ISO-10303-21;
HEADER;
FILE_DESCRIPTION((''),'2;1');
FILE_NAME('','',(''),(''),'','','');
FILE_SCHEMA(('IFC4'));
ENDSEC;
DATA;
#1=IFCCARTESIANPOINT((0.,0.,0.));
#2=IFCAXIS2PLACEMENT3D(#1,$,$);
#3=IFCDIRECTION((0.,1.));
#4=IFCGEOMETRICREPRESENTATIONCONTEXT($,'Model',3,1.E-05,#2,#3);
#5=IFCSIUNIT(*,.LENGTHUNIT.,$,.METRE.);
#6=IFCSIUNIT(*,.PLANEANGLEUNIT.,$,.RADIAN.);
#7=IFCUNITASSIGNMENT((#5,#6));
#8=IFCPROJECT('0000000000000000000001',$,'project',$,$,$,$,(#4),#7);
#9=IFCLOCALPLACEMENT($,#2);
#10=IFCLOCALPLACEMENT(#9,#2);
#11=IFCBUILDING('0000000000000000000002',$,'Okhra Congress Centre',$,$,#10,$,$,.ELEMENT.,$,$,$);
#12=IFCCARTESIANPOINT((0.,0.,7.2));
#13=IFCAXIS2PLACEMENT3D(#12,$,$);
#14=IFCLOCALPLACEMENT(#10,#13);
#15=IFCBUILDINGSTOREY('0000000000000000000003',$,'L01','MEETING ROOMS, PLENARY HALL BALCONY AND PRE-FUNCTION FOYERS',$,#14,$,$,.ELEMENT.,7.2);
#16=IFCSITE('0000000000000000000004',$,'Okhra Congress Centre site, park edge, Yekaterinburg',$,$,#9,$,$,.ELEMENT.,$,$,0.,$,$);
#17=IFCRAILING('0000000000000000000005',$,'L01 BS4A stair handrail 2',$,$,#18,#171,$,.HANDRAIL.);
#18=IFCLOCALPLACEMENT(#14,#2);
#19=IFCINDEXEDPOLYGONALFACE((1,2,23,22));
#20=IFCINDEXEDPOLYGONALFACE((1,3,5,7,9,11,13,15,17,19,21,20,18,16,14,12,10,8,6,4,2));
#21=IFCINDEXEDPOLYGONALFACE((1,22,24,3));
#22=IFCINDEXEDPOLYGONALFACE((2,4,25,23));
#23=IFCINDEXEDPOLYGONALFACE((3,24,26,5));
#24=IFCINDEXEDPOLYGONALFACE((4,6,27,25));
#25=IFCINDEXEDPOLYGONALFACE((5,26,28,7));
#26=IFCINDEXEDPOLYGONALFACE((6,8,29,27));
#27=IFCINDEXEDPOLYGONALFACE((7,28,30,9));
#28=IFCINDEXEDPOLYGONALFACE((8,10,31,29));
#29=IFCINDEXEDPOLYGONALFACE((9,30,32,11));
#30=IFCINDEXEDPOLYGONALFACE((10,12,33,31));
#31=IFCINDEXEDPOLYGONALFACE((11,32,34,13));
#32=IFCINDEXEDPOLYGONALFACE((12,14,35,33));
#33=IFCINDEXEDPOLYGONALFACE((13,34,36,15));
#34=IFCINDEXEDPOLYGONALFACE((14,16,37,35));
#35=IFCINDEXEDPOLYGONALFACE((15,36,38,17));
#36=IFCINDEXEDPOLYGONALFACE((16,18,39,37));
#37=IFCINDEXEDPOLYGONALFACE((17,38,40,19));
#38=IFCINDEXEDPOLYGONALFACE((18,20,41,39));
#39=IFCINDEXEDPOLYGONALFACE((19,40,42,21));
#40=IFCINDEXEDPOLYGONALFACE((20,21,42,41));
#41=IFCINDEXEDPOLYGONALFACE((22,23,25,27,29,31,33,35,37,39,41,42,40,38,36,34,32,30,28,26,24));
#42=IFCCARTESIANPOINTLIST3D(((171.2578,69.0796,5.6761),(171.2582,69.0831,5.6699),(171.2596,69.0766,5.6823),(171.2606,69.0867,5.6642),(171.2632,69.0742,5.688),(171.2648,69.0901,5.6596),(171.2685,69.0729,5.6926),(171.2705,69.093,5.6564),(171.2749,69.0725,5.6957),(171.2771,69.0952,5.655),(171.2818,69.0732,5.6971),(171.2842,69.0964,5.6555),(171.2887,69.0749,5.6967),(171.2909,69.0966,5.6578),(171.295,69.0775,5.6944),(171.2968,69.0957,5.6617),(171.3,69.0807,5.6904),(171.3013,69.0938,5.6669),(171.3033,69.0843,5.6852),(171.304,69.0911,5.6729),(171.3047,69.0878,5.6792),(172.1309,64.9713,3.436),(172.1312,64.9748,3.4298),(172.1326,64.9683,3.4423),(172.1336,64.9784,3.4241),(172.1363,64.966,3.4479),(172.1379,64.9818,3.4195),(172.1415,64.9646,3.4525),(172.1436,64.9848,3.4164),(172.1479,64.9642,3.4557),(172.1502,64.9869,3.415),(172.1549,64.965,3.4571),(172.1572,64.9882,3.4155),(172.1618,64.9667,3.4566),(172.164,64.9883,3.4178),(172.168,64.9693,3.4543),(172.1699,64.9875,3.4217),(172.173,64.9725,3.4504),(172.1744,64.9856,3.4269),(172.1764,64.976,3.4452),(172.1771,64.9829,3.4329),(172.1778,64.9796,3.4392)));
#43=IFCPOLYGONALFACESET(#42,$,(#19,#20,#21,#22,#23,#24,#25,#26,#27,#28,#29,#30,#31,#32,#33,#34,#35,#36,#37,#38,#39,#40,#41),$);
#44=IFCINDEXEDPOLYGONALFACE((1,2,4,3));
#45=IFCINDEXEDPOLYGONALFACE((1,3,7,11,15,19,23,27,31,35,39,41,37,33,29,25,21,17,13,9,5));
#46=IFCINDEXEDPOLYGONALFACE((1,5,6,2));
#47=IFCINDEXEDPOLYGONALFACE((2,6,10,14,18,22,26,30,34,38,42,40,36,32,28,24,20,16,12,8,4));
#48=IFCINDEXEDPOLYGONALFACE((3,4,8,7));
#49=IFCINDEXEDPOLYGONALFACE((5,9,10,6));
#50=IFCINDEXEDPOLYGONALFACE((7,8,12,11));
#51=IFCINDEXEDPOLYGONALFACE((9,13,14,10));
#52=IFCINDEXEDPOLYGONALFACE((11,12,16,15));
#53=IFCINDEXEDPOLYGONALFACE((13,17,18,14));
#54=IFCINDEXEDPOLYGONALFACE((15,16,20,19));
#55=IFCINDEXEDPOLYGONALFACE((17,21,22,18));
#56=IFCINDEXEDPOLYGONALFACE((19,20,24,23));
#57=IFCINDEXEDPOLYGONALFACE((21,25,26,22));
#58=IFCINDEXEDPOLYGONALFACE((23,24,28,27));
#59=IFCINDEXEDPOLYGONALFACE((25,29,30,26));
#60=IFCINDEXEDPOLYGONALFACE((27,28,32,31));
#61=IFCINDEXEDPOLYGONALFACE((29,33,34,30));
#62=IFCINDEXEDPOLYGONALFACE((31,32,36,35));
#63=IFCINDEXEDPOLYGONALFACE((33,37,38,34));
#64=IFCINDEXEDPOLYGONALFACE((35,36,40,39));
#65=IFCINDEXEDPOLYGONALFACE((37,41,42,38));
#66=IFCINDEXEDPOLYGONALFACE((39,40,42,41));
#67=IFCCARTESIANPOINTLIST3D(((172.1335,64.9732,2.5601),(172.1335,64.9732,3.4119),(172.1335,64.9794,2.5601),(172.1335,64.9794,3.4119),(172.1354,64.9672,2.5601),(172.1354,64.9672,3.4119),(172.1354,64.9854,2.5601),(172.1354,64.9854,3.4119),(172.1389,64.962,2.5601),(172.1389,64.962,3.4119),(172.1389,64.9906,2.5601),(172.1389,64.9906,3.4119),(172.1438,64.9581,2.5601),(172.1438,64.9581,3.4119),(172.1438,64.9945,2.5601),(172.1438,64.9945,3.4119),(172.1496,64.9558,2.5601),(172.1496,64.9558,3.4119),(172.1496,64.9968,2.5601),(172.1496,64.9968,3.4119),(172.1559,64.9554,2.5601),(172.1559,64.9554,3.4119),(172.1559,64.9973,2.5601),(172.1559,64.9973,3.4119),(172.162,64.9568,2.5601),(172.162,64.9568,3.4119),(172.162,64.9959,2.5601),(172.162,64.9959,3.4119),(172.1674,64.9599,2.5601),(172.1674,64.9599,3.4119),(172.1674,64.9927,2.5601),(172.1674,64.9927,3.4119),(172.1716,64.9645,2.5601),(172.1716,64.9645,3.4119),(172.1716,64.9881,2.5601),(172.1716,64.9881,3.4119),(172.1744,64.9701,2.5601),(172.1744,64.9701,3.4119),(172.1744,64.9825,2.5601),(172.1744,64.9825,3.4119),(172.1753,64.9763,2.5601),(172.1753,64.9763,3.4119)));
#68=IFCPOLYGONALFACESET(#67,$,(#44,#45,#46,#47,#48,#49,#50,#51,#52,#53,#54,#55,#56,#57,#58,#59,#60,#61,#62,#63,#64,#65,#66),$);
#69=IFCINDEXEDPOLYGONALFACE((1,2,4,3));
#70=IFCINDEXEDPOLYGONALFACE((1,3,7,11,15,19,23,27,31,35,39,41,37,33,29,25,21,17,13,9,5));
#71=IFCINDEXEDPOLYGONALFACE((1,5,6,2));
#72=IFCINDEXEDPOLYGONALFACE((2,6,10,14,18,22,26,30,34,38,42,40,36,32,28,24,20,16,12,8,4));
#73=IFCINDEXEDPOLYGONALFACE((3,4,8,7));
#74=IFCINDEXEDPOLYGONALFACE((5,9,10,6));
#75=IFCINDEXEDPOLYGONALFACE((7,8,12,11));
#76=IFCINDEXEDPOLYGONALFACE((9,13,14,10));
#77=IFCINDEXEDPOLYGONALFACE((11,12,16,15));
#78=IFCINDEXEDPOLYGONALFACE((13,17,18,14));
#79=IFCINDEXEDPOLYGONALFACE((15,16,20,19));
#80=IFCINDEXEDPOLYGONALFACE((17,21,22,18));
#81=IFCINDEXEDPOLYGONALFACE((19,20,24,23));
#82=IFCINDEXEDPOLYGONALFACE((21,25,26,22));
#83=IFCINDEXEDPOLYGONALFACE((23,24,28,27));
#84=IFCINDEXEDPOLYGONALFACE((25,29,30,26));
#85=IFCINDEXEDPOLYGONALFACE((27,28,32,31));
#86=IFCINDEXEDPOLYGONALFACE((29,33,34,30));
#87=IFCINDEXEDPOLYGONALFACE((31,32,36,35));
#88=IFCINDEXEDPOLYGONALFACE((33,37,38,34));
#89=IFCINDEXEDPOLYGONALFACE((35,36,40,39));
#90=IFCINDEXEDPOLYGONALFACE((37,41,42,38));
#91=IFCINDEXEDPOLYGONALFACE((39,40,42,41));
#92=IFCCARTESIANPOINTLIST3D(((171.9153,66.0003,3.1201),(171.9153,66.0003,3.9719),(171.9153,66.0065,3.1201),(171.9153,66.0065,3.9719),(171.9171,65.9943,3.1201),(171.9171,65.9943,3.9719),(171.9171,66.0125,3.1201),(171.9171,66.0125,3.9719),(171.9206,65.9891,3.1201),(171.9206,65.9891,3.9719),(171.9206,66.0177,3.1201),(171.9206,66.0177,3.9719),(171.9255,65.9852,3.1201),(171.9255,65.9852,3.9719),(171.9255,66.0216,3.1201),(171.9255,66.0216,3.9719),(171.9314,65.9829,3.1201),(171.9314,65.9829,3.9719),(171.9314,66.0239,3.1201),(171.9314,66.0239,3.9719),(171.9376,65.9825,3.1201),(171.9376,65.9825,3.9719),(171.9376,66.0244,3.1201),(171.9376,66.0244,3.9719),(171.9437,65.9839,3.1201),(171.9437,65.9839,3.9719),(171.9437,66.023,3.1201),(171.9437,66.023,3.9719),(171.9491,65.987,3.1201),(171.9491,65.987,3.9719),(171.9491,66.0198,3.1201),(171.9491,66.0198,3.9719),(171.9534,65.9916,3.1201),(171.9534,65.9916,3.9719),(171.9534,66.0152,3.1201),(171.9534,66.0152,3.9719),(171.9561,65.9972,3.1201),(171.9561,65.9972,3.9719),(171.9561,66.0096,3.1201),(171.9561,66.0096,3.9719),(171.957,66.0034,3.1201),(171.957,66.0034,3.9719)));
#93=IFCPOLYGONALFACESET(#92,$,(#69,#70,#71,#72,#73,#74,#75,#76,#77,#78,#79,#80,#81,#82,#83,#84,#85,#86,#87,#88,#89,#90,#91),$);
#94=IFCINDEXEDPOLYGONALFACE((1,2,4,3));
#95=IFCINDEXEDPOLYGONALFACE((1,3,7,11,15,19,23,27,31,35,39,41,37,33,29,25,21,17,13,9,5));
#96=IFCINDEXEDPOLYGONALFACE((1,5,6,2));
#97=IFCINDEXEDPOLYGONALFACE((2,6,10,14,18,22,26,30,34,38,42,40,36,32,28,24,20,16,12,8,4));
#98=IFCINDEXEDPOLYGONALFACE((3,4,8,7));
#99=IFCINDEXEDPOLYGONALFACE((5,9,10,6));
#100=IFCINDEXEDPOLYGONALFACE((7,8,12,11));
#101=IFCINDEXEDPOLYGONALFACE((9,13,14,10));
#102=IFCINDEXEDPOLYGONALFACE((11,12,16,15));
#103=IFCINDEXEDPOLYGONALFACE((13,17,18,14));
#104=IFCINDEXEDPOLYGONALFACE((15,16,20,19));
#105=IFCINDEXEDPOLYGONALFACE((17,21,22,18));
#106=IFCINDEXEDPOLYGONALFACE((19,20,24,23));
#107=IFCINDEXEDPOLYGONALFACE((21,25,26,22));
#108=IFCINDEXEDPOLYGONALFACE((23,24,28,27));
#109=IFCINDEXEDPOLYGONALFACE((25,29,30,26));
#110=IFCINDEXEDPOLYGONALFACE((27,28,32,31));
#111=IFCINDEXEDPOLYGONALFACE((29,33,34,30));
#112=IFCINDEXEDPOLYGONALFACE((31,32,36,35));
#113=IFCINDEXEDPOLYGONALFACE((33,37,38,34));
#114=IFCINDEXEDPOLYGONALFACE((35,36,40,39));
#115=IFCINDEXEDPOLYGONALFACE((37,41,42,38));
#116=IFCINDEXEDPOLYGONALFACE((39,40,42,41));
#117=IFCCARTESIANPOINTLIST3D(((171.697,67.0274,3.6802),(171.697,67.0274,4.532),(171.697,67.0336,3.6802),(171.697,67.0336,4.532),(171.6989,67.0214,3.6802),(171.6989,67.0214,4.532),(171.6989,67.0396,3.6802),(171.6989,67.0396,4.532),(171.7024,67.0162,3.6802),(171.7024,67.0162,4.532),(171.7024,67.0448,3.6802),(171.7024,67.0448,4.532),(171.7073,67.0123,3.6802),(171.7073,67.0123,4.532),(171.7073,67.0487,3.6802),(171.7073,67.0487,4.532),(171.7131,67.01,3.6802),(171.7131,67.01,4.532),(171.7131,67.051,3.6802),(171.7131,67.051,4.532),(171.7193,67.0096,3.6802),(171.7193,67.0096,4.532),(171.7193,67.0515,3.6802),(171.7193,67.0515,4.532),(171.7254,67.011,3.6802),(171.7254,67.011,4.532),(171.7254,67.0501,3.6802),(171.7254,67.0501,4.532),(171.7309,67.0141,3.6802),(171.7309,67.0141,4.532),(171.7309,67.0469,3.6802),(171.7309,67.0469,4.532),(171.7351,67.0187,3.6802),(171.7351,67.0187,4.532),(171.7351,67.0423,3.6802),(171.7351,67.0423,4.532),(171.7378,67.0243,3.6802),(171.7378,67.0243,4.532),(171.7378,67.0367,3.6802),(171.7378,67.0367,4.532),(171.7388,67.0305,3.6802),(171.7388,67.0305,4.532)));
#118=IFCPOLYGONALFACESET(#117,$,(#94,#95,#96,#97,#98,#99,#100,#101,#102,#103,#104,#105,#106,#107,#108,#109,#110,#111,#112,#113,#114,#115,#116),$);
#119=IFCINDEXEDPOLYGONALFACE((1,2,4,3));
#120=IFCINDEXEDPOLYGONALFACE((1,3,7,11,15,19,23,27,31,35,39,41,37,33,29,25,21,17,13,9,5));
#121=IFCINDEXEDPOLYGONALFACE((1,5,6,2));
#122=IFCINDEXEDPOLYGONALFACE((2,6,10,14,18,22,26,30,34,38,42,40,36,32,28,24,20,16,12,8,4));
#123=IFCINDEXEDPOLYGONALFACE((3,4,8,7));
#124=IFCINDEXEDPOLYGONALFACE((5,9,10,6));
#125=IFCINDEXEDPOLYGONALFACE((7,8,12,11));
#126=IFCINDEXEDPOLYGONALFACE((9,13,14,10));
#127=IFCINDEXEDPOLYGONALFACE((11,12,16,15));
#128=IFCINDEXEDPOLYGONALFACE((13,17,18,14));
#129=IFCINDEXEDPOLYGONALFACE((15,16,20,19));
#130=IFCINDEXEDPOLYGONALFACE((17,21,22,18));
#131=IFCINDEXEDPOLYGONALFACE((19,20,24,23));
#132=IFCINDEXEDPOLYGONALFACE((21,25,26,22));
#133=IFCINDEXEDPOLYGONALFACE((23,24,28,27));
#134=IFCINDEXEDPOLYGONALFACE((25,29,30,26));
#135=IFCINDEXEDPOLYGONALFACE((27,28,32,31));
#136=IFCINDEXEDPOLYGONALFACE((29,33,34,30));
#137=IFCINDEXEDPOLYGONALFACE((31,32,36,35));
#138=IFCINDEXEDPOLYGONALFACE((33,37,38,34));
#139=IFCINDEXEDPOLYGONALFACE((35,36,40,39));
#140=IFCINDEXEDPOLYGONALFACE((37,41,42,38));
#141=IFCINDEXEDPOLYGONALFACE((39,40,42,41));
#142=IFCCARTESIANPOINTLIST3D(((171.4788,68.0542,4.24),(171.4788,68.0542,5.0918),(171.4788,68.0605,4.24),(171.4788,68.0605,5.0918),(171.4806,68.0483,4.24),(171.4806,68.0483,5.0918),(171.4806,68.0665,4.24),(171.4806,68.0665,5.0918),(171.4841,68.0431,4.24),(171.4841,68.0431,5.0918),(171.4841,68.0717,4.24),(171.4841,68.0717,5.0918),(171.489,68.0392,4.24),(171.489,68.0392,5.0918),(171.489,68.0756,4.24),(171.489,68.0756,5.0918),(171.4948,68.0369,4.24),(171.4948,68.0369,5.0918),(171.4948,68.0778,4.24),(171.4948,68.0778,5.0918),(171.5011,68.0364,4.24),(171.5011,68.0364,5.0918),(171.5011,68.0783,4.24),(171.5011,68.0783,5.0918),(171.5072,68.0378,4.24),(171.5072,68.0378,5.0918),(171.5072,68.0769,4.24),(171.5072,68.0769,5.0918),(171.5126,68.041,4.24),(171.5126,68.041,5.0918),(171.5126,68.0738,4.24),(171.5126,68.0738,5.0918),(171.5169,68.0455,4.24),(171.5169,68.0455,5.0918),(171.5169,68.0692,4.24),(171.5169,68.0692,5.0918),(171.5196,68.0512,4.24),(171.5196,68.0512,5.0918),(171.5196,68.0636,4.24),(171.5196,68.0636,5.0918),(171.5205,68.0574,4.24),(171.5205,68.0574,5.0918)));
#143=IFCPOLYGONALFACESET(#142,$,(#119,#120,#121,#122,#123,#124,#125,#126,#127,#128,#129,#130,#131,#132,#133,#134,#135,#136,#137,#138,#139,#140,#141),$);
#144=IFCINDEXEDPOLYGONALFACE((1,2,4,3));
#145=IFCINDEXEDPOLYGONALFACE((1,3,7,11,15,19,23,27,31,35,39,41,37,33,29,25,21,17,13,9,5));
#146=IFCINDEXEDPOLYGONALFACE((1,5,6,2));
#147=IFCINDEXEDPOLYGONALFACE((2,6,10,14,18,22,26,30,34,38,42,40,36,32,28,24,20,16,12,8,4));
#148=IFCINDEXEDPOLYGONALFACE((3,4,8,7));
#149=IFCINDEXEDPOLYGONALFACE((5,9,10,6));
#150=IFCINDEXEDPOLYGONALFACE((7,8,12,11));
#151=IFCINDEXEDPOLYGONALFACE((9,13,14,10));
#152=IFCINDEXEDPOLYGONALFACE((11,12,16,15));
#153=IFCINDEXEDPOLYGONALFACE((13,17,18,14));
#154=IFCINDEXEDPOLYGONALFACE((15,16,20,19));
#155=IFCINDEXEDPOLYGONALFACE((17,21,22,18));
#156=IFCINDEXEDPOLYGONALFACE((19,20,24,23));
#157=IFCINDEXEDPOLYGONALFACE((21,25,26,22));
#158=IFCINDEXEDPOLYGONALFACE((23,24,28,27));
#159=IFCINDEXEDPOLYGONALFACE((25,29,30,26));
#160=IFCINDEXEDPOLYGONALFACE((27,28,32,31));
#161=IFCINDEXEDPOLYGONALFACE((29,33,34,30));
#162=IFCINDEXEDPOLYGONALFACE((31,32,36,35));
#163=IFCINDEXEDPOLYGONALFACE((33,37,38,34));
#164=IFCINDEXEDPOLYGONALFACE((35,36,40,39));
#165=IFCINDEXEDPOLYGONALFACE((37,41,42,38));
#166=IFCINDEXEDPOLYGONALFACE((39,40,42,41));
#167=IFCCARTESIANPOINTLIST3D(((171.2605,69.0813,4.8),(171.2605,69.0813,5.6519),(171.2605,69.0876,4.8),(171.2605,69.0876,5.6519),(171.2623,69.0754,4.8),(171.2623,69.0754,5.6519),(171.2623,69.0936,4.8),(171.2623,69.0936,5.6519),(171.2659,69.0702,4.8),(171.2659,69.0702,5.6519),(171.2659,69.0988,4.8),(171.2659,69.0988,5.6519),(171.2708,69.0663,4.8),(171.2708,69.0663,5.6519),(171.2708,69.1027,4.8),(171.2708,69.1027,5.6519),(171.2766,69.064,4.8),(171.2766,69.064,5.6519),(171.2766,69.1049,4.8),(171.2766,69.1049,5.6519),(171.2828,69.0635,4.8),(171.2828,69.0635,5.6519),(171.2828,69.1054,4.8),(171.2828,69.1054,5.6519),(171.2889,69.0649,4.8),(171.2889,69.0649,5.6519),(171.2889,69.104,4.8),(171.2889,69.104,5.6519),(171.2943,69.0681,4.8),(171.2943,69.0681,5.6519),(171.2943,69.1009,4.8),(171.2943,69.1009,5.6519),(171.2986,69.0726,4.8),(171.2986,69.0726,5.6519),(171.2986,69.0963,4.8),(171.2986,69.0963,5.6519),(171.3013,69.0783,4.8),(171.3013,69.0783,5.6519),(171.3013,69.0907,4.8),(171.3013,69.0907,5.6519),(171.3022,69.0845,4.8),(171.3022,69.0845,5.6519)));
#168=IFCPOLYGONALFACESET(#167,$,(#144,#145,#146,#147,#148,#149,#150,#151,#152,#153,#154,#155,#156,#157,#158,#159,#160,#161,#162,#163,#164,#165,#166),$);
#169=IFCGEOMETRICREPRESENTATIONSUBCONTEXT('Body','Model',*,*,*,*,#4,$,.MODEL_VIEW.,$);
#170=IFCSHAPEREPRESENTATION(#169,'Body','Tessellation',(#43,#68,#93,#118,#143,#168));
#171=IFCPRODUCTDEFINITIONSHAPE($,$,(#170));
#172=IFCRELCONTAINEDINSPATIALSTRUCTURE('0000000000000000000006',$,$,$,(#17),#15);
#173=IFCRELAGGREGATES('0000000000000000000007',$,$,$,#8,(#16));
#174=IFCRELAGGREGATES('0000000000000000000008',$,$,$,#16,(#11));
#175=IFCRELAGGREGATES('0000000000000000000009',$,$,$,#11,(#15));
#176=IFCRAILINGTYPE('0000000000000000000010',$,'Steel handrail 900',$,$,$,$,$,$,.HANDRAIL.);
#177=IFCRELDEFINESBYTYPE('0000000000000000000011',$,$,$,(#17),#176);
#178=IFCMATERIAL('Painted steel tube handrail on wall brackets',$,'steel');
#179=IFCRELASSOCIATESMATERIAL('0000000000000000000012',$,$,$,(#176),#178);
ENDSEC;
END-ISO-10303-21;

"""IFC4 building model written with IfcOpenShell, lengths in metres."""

from ifc_helpers import new_model, si_unit, direction, frame, origin, origin_2d, place, context, subcontext, project, spatial, circle, extrude, material, type_object, element, save


model = new_model("IFC4")

# Units and contexts
model_context = context("Model", 3, precision=1e-05, world=origin(), true_north=direction((0.0, 1.0)))
body_context = subcontext(model_context, "Body", "Model", "MODEL_VIEW")
ifc_project = project(units=[si_unit("LENGTHUNIT", "METRE"), si_unit("PLANEANGLEUNIT", "RADIAN")], contexts=[model_context])

# Site, building, storey
site_placement = place(None, origin())
site = spatial("IfcSite", under=ifc_project, at=site_placement, Name="Okhra Congress Centre site, park edge, Yekaterinburg", CompositionType="ELEMENT", RefElevation=0.0)
building_placement = place(site_placement, origin())
building = spatial("IfcBuilding", under=site, at=building_placement, Name="Okhra Congress Centre", CompositionType="ELEMENT")
storey_placement = place(building_placement, frame((0.0, 0.0, 7.2)))
storey = spatial("IfcBuildingStorey", under=building, at=storey_placement, Name="L01", Description="MEETING ROOMS, PLENARY HALL BALCONY AND PRE-FUNCTION FOYERS", CompositionType="ELEMENT", Elevation=7.2)

# Railing
ifc_material_1 = material(Name="Painted steel tube handrail on wall brackets", Category="steel")
railing_type_1 = type_object("IfcRailingType", Name="Steel handrail 900", PredefinedType="HANDRAIL", material=ifc_material_1)
railing_1_placement = place(storey_placement, frame((172.1543, 64.9763, 2.5601)))
element("IfcRailing", 1, at=railing_1_placement, inside=storey, type_object=railing_type_1, Name="L01 BS4A stair handrail 2", PredefinedType="HANDRAIL", context=body_context, shape_type="SweptSolid", body=[
    extrude(circle(Radius=0.0239, at=origin_2d()), frame((0.0, 0.0, 0.876), z_axis=(-0.183417, 0.863075, 0.470596), x_axis=(-0.978156, -0.207873, 0.0)), (0.0, 0.0, 1.0), 4.76),
    extrude(circle(Radius=0.021, at=origin_2d()), origin(), (0.0, 0.0, 1.0), 0.8518),
    extrude(circle(Radius=0.021, at=origin_2d()), frame((-0.2183, 1.0271, 0.5601)), (0.0, 0.0, 1.0), 0.8518),
    extrude(circle(Radius=0.021, at=origin_2d()), frame((-0.4365, 2.0542, 1.1201)), (0.0, 0.0, 1.0), 0.8518),
    extrude(circle(Radius=0.021, at=origin_2d()), frame((-0.6548, 3.0811, 1.6799)), (0.0, 0.0, 1.0), 0.8518),
    extrude(circle(Radius=0.021, at=origin_2d()), frame((-0.873, 4.1082, 2.24)), (0.0, 0.0, 1.0), 0.8518),
])

save(model, "model.ifc")
